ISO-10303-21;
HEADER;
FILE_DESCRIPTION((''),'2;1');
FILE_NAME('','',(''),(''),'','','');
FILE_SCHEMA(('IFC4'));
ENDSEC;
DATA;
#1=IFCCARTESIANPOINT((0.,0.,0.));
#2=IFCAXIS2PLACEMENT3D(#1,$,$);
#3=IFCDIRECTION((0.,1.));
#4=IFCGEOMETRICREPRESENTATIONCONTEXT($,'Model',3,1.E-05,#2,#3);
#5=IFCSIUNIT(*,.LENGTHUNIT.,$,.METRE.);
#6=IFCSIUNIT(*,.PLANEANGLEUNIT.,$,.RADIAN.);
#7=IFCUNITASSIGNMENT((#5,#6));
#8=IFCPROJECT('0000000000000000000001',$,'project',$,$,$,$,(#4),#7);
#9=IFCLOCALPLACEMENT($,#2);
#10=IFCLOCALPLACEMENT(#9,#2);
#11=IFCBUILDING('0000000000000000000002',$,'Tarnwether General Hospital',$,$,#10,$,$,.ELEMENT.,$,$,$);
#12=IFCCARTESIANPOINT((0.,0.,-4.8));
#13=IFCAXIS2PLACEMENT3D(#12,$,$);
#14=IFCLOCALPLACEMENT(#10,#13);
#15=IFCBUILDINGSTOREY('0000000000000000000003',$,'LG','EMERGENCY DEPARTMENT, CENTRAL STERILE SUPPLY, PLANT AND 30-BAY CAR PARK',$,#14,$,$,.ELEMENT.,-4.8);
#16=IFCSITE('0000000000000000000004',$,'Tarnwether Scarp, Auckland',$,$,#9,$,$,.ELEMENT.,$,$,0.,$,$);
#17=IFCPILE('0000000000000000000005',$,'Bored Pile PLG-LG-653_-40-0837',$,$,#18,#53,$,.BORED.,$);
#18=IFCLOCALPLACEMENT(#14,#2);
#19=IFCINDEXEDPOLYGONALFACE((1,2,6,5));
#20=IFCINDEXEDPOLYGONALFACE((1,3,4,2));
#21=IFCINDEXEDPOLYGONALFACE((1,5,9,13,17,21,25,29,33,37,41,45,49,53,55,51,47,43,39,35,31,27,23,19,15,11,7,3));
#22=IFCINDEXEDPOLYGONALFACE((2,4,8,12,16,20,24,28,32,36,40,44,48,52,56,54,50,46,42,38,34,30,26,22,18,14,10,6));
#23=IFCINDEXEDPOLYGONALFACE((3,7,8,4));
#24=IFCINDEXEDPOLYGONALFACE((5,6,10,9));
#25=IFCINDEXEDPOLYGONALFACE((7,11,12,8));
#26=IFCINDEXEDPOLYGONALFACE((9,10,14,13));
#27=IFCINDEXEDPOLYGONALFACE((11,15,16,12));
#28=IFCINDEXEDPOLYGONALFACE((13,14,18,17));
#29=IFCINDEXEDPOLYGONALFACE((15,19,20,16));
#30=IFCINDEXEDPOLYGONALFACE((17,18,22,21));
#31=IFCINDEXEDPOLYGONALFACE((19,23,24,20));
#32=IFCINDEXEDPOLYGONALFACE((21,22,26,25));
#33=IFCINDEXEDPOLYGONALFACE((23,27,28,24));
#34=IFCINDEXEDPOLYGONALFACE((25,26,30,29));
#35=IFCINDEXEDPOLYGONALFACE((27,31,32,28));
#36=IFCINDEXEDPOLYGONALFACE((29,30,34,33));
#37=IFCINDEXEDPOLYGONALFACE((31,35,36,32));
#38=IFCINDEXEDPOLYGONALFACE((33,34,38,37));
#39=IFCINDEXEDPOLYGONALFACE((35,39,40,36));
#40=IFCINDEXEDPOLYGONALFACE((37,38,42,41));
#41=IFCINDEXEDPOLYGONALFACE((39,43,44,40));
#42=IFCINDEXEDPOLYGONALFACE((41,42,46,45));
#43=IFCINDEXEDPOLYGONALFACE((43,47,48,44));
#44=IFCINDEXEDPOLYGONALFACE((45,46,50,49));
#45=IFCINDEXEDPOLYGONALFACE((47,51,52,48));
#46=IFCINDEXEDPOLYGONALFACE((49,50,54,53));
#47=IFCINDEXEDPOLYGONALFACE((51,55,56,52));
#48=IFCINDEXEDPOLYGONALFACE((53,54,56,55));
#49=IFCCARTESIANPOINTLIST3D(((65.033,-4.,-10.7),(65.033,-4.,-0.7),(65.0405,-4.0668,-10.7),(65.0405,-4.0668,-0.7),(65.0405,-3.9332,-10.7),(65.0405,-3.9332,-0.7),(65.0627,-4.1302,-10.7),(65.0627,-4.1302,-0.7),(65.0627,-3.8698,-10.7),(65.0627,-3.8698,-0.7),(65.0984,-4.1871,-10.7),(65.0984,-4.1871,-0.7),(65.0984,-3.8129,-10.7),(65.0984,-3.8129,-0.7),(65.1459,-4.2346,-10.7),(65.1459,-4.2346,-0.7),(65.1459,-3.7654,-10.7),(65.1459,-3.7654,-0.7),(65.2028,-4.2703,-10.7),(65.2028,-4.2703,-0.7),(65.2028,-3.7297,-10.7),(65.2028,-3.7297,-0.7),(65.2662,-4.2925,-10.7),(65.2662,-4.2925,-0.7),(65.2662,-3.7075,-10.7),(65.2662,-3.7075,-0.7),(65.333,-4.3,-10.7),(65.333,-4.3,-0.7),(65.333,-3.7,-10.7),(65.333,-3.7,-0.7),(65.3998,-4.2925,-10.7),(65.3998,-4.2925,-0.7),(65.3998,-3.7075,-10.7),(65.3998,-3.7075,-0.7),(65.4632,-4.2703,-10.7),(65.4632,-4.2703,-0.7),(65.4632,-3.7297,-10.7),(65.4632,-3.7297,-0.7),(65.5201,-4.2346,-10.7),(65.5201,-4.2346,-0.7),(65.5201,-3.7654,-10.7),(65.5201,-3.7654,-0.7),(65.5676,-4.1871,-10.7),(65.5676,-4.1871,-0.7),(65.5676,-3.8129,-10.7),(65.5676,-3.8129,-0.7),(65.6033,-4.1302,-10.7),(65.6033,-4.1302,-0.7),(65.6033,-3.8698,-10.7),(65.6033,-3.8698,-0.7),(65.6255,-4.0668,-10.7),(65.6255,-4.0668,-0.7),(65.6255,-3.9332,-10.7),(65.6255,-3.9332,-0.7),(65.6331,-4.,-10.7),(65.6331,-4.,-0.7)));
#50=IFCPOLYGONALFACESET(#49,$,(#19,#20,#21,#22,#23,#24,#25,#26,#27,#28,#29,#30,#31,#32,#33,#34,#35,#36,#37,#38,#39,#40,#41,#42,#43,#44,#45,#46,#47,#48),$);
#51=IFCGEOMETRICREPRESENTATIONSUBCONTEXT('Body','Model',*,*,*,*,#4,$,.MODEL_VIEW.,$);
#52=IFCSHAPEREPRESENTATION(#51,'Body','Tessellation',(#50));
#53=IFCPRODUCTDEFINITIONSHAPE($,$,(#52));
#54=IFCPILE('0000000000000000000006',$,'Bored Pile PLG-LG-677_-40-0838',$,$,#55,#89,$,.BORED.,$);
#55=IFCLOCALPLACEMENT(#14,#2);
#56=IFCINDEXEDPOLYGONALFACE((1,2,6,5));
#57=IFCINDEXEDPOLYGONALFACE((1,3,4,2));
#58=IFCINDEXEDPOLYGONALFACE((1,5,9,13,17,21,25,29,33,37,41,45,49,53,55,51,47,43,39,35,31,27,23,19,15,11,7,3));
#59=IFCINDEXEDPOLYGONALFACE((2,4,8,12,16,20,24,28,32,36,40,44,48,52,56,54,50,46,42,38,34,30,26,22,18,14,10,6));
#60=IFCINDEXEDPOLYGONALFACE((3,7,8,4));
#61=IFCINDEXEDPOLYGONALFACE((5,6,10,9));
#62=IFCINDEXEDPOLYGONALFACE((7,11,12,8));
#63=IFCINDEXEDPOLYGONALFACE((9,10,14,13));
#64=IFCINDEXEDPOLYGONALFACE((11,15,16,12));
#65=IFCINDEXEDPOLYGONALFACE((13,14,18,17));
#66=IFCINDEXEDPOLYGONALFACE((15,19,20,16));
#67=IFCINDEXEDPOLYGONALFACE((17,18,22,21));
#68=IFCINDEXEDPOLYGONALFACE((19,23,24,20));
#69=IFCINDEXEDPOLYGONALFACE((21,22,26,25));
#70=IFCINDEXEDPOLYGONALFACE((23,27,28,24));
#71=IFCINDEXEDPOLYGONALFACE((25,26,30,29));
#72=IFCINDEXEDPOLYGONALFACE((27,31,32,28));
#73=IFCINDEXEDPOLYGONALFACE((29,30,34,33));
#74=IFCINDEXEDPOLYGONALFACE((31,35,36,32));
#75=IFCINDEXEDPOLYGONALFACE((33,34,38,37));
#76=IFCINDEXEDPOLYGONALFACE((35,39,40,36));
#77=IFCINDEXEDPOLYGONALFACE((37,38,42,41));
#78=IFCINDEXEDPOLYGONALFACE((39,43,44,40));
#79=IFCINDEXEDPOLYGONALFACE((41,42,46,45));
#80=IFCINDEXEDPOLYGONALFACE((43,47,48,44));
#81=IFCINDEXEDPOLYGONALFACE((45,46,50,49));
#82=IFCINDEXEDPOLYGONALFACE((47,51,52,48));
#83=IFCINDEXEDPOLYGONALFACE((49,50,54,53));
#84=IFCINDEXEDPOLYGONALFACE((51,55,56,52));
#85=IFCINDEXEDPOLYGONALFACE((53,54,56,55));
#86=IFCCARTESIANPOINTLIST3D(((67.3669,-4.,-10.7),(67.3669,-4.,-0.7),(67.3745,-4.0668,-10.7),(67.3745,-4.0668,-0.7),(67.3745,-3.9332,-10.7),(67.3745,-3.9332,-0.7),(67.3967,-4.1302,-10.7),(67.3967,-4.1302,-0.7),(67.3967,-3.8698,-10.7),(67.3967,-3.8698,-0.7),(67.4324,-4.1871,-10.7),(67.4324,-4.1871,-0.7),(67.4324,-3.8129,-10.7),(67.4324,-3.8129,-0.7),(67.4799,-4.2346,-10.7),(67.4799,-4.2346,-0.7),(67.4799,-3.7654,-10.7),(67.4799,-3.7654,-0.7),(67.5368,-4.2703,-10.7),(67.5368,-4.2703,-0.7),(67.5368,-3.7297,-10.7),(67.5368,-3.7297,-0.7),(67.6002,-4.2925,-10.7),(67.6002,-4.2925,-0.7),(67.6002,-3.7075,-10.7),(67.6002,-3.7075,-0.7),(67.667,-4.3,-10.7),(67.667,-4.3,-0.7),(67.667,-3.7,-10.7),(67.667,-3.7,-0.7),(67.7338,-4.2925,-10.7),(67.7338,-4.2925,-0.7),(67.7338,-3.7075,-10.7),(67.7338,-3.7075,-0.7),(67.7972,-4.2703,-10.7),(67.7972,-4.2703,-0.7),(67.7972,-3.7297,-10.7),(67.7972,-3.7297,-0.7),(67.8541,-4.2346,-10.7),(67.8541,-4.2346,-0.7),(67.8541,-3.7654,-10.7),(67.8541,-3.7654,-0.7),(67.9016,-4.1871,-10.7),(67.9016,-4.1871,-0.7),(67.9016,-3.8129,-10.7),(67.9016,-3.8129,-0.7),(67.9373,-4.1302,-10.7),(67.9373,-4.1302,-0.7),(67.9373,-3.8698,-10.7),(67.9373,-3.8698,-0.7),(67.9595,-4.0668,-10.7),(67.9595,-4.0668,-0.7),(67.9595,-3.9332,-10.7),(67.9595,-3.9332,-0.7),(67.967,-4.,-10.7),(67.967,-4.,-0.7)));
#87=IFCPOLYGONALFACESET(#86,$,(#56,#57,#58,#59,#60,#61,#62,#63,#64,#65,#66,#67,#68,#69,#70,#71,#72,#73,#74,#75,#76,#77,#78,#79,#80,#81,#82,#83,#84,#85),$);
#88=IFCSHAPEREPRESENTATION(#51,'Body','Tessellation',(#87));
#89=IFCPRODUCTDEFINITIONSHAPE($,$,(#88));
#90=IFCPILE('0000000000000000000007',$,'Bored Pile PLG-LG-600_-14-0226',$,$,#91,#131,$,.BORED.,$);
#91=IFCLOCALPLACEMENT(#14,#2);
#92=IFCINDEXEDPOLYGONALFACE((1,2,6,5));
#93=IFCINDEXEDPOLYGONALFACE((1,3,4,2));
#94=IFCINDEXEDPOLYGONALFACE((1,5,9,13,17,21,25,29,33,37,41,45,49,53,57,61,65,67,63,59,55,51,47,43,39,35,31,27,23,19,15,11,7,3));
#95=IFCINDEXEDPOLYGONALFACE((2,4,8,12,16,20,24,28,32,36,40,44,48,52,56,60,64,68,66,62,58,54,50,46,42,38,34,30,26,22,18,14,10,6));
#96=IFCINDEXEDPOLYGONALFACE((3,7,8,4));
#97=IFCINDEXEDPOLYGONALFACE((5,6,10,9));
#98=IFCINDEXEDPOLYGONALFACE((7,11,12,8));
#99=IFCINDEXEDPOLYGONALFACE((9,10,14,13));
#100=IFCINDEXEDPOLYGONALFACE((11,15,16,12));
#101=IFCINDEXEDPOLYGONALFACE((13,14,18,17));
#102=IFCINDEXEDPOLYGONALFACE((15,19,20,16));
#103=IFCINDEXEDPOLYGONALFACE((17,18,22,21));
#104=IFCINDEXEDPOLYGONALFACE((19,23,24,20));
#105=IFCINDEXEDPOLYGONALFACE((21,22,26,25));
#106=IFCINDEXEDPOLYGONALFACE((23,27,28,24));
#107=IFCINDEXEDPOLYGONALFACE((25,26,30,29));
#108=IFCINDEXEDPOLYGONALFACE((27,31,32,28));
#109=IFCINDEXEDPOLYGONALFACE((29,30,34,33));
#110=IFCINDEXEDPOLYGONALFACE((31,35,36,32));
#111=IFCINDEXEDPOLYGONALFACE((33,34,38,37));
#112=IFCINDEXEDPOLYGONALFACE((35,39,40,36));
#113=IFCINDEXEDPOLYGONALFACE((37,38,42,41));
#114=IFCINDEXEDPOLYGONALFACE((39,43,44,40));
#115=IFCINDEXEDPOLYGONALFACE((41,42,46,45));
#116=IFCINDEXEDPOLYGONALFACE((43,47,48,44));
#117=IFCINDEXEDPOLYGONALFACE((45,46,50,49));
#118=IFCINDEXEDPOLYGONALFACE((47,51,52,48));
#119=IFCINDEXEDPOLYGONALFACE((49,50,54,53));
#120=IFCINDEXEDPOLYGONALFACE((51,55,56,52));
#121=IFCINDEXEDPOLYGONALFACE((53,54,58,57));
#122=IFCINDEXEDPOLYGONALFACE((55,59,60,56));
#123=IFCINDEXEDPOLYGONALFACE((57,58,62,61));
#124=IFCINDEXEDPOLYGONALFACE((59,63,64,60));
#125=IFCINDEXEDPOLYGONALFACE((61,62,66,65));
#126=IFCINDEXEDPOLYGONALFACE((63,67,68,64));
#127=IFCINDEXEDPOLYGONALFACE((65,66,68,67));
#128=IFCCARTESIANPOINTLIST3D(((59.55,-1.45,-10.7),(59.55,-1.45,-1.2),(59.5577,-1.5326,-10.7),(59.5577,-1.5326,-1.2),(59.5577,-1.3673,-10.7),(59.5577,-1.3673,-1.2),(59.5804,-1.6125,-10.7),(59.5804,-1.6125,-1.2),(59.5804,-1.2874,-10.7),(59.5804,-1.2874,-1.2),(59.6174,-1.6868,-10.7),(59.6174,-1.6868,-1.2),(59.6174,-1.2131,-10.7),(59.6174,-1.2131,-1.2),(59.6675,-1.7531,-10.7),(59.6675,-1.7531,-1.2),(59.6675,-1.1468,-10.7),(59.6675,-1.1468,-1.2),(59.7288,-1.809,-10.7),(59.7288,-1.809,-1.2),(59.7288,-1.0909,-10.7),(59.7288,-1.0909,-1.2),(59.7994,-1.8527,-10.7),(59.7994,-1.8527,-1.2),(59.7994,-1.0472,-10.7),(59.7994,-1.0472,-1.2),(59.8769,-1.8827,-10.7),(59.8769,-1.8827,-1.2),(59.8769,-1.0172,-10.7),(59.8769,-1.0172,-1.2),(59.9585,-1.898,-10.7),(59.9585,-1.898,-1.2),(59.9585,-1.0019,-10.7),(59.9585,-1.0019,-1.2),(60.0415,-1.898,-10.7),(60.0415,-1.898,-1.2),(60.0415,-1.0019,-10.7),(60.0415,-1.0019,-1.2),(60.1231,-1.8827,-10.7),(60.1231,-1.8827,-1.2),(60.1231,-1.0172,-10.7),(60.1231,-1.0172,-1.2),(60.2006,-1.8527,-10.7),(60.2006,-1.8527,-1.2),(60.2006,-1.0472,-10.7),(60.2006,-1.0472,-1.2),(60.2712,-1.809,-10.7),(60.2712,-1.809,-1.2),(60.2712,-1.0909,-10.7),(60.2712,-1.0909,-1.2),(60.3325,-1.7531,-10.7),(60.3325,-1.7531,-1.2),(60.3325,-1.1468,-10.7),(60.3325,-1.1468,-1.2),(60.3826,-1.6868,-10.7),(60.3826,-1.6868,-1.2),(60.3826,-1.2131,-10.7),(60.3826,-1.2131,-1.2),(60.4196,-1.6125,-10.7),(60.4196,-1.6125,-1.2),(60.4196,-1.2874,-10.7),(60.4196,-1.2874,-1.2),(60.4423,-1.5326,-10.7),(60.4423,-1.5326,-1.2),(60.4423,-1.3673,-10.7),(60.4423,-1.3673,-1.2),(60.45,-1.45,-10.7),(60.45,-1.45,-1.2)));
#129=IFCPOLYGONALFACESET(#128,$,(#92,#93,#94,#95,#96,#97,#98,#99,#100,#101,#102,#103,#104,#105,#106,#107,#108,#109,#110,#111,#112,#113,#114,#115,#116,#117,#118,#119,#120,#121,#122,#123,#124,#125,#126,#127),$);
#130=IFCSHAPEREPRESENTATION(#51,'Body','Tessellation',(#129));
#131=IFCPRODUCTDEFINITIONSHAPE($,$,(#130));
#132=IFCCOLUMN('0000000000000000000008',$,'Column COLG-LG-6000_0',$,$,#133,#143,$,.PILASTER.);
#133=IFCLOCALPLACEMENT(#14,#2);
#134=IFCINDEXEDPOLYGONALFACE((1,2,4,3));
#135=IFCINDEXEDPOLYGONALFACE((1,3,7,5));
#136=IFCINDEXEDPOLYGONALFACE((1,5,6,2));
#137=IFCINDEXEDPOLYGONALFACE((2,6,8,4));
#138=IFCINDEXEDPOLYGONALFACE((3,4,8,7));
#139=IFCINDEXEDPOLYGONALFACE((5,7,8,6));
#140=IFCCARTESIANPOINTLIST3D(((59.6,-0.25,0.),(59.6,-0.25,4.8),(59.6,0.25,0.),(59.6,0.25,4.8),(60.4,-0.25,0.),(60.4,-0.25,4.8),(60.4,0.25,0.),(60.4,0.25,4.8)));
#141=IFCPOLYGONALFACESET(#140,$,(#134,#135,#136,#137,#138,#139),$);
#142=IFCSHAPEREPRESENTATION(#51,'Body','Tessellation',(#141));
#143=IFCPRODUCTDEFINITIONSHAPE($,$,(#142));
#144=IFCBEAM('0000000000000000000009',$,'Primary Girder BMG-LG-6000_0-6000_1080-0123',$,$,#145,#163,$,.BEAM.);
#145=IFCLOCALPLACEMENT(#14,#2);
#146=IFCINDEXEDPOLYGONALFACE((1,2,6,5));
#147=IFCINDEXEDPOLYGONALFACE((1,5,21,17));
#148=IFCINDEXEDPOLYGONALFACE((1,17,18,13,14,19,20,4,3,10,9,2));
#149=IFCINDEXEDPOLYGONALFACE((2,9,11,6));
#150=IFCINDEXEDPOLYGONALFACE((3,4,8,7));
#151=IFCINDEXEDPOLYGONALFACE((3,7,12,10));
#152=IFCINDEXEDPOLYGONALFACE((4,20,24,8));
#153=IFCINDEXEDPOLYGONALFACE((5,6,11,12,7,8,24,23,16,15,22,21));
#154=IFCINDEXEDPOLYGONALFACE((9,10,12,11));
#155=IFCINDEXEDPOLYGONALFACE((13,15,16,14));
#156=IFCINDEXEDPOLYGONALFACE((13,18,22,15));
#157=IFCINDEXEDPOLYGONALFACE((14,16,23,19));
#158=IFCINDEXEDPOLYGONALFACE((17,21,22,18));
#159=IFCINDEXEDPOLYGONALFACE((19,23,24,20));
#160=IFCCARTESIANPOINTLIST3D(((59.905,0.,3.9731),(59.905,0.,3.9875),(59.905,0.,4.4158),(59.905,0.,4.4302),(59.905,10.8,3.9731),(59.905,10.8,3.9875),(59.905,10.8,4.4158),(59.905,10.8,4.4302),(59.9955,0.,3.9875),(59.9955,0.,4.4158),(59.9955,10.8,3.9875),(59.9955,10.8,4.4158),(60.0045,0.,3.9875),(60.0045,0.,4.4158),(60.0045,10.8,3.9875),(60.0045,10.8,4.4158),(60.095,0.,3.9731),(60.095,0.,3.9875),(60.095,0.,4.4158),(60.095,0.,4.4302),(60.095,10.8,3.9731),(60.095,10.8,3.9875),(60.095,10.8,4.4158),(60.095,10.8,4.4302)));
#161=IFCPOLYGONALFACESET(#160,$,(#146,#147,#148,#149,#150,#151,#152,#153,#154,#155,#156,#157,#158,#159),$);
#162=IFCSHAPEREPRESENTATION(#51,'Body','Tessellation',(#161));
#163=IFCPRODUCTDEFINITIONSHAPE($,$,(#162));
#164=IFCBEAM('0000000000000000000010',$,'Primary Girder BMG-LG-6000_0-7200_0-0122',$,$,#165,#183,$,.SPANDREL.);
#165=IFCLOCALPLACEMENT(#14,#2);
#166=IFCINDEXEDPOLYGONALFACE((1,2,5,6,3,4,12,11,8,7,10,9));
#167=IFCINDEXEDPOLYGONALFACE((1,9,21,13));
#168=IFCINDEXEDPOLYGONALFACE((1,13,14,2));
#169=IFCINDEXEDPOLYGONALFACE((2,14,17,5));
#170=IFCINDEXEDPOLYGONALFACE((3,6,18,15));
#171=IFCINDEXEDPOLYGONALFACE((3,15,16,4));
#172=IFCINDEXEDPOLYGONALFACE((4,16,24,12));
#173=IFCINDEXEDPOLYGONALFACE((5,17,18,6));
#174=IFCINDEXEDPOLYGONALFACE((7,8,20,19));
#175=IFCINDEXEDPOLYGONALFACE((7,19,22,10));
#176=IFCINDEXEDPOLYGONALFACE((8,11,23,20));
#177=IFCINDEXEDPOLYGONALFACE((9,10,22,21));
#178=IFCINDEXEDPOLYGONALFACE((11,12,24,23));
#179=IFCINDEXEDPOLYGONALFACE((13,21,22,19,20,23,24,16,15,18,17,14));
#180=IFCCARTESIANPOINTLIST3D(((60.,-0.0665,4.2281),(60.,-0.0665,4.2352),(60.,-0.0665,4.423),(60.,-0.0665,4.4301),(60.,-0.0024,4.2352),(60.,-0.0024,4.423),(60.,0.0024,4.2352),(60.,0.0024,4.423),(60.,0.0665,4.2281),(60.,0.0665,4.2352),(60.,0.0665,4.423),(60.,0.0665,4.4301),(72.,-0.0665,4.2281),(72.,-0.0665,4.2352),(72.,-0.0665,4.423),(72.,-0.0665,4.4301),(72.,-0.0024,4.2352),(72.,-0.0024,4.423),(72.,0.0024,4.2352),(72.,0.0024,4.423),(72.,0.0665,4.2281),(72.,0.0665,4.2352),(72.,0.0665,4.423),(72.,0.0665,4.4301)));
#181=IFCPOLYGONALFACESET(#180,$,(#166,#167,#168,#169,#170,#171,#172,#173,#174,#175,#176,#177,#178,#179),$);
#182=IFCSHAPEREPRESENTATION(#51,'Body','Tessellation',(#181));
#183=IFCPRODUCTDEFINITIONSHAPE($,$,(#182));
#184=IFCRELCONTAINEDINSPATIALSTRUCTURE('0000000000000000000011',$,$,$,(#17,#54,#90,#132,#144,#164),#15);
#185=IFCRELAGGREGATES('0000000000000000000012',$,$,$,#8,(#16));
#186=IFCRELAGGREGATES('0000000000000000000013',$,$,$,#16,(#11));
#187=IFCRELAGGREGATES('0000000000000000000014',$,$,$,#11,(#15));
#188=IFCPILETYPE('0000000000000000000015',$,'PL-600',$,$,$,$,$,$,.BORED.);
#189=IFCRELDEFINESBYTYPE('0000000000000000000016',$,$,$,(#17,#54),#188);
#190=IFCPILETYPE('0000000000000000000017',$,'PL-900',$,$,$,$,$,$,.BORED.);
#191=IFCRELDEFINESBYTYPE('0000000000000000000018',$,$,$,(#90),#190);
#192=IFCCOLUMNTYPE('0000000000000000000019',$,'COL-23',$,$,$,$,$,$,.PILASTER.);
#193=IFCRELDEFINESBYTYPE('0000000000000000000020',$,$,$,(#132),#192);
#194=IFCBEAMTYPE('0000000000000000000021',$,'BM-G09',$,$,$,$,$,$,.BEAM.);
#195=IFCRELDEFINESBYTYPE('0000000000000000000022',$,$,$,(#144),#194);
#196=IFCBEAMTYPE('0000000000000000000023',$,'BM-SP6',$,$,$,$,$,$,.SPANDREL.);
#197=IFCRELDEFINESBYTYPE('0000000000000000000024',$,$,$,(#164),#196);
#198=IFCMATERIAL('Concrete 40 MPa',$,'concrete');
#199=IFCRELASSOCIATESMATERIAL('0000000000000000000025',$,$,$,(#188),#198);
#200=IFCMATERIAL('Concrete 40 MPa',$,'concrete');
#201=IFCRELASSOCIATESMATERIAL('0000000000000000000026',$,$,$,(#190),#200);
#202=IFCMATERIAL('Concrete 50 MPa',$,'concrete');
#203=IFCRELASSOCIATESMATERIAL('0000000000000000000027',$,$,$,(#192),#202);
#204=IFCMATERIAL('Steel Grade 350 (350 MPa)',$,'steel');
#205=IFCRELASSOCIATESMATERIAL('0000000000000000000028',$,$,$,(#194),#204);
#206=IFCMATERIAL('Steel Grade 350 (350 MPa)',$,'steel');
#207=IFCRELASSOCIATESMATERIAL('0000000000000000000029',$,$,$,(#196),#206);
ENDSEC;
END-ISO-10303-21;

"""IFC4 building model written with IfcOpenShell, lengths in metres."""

from ifc_helpers import new_model, si_unit, direction, frame, origin, origin_2d, place, context, subcontext, project, spatial, rectangle, circle, i_section, extrude, material, material_profile, profile_set, type_object, element, save


model = new_model("IFC4")

# Units and contexts
model_context = context("Model", 3, precision=1e-05, world=origin(), true_north=direction((0.0, 1.0)))
body_context = subcontext(model_context, "Body", "Model", "MODEL_VIEW")
ifc_project = project(units=[si_unit("LENGTHUNIT", "METRE"), si_unit("PLANEANGLEUNIT", "RADIAN")], contexts=[model_context])

# Site, building, storey
site_placement = place(None, origin())
site = spatial("IfcSite", under=ifc_project, at=site_placement, Name="Tarnwether Scarp, Auckland", CompositionType="ELEMENT", RefElevation=0.0)
building_placement = place(site_placement, origin())
building = spatial("IfcBuilding", under=site, at=building_placement, Name="Tarnwether General Hospital", CompositionType="ELEMENT")
storey_placement = place(building_placement, frame((0.0, 0.0, -4.8)))
storey = spatial("IfcBuildingStorey", under=building, at=storey_placement, Name="LG", Description="EMERGENCY DEPARTMENT, CENTRAL STERILE SUPPLY, PLANT AND 30-BAY CAR PARK", CompositionType="ELEMENT", Elevation=-4.8)

# Piles
ifc_material_1 = material(Name="Concrete 40 MPa", Category="concrete")
ifc_material_profile_1 = material_profile(ifc_material_1, circle(Radius=0.3, at=origin_2d()), Name="PILE-D600")
ifc_profile_set_1 = profile_set([ifc_material_profile_1], Name="Concrete 40 MPa")
pile_type_1 = type_object("IfcPileType", Name="PL-600", PredefinedType="BORED", material=ifc_profile_set_1)
for number, where, z_axis, x_axis, name in (
    (1, (65.333, -4.0, -0.7), (0.0, 0.0, -1.0), (1.0, 0.0, 0.0), "Bored Pile PLG-LG-653_-40-0837"),
    (2, (67.667, -4.0, -0.7), (0.0, 0.0, -1.0), (1.0, 0.0, 0.0), "Bored Pile PLG-LG-677_-40-0838"),
):
    element("IfcPile", number, at=place(storey_placement, frame(where, z_axis=z_axis, x_axis=x_axis)), inside=storey, type_object=pile_type_1, Name=name, PredefinedType="BORED", context=body_context, shape_type="SweptSolid", body=[
        extrude(circle(Radius=0.3, at=origin_2d()), origin(), (0.0, 0.0, 1.0), 10.0),
    ])
ifc_material_2 = material(Name="Concrete 40 MPa", Category="concrete")
ifc_material_profile_2 = material_profile(ifc_material_2, circle(Radius=0.45, at=origin_2d()), Name="PILE-D900")
ifc_profile_set_2 = profile_set([ifc_material_profile_2], Name="Concrete 40 MPa")
pile_type_2 = type_object("IfcPileType", Name="PL-900", PredefinedType="BORED", material=ifc_profile_set_2)
pile_1_placement = place(storey_placement, frame((60.0, -1.45, -1.2), z_axis=(0.0, 0.0, -1.0), x_axis=(1.0, 0.0, 0.0)))
element("IfcPile", 3, at=pile_1_placement, inside=storey, type_object=pile_type_2, Name="Bored Pile PLG-LG-600_-14-0226", PredefinedType="BORED", context=body_context, shape_type="SweptSolid", body=[
    extrude(circle(Radius=0.45, at=origin_2d()), origin(), (0.0, 0.0, 1.0), 9.5),
])

# Column
ifc_material_3 = material(Name="Concrete 50 MPa", Category="concrete")
ifc_material_profile_3 = material_profile(ifc_material_3, rectangle(XDim=0.5, YDim=0.8, at=origin_2d()), Name="RC-PIL-500x800")
ifc_profile_set_3 = profile_set([ifc_material_profile_3], Name="Concrete 50 MPa")
column_type = type_object("IfcColumnType", Name="COL-23", PredefinedType="PILASTER", material=ifc_profile_set_3)
column_placement = place(storey_placement, frame((60.0, 0.0, 0.0), z_axis=(0.0, 0.0, 1.0), x_axis=(0.0, 1.0, 0.0)))
element("IfcColumn", 4, at=column_placement, inside=storey, type_object=column_type, Name="Column COLG-LG-6000_0", PredefinedType="PILASTER", context=body_context, shape_type="SweptSolid", body=[
    extrude(rectangle(XDim=0.5, YDim=0.8, at=origin_2d()), origin(), (0.0, 0.0, 1.0), 4.8),
])

# Beams
ifc_material_4 = material(Name="Steel Grade 350 (350 MPa)", Category="steel")
ifc_material_profile_4 = material_profile(ifc_material_4, i_section(OverallWidth=0.1899, OverallDepth=0.457, WebThickness=0.009, FlangeThickness=0.0144, at=origin_2d()), Name="460UB74.6")
ifc_profile_set_4 = profile_set([ifc_material_profile_4], Name="Steel Grade 350 (350 MPa)")
beam_type_1 = type_object("IfcBeamType", Name="BM-G09", PredefinedType="BEAM", material=ifc_profile_set_4)
beam_1_placement = place(storey_placement, frame((60.0, 0.0, 4.2017), z_axis=(0.0, 1.0, 0.0), x_axis=(-1.0, 0.0, 0.0)))
element("IfcBeam", 5, at=beam_1_placement, inside=storey, type_object=beam_type_1, Name="Primary Girder BMG-LG-6000_0-6000_1080-0123", PredefinedType="BEAM", context=body_context, shape_type="SweptSolid", body=[
    extrude(i_section(OverallWidth=0.1899, OverallDepth=0.457, WebThickness=0.009, FlangeThickness=0.0144, at=origin_2d()), origin(), (0.0, 0.0, 1.0), 10.8),
])
ifc_material_5 = material(Name="Steel Grade 350 (350 MPa)", Category="steel")
ifc_material_profile_5 = material_profile(ifc_material_5, i_section(OverallWidth=0.1331, OverallDepth=0.2019, WebThickness=0.0049, FlangeThickness=0.0071, at=origin_2d()), Name="200UB22.3")
ifc_profile_set_5 = profile_set([ifc_material_profile_5], Name="Steel Grade 350 (350 MPa)")
beam_type_2 = type_object("IfcBeamType", Name="BM-SP6", PredefinedType="SPANDREL", material=ifc_profile_set_5)
beam_2_placement = place(storey_placement, frame((60.0, 0.0, 4.3291), z_axis=(1.0, 0.0, 0.0), x_axis=(0.0, 1.0, 0.0)))
element("IfcBeam", 6, at=beam_2_placement, inside=storey, type_object=beam_type_2, Name="Primary Girder BMG-LG-6000_0-7200_0-0122", PredefinedType="SPANDREL", context=body_context, shape_type="SweptSolid", body=[
    extrude(i_section(OverallWidth=0.1331, OverallDepth=0.2019, WebThickness=0.0049, FlangeThickness=0.0071, at=origin_2d()), origin(), (0.0, 0.0, 1.0), 12.0),
])

save(model, "model.ifc")
